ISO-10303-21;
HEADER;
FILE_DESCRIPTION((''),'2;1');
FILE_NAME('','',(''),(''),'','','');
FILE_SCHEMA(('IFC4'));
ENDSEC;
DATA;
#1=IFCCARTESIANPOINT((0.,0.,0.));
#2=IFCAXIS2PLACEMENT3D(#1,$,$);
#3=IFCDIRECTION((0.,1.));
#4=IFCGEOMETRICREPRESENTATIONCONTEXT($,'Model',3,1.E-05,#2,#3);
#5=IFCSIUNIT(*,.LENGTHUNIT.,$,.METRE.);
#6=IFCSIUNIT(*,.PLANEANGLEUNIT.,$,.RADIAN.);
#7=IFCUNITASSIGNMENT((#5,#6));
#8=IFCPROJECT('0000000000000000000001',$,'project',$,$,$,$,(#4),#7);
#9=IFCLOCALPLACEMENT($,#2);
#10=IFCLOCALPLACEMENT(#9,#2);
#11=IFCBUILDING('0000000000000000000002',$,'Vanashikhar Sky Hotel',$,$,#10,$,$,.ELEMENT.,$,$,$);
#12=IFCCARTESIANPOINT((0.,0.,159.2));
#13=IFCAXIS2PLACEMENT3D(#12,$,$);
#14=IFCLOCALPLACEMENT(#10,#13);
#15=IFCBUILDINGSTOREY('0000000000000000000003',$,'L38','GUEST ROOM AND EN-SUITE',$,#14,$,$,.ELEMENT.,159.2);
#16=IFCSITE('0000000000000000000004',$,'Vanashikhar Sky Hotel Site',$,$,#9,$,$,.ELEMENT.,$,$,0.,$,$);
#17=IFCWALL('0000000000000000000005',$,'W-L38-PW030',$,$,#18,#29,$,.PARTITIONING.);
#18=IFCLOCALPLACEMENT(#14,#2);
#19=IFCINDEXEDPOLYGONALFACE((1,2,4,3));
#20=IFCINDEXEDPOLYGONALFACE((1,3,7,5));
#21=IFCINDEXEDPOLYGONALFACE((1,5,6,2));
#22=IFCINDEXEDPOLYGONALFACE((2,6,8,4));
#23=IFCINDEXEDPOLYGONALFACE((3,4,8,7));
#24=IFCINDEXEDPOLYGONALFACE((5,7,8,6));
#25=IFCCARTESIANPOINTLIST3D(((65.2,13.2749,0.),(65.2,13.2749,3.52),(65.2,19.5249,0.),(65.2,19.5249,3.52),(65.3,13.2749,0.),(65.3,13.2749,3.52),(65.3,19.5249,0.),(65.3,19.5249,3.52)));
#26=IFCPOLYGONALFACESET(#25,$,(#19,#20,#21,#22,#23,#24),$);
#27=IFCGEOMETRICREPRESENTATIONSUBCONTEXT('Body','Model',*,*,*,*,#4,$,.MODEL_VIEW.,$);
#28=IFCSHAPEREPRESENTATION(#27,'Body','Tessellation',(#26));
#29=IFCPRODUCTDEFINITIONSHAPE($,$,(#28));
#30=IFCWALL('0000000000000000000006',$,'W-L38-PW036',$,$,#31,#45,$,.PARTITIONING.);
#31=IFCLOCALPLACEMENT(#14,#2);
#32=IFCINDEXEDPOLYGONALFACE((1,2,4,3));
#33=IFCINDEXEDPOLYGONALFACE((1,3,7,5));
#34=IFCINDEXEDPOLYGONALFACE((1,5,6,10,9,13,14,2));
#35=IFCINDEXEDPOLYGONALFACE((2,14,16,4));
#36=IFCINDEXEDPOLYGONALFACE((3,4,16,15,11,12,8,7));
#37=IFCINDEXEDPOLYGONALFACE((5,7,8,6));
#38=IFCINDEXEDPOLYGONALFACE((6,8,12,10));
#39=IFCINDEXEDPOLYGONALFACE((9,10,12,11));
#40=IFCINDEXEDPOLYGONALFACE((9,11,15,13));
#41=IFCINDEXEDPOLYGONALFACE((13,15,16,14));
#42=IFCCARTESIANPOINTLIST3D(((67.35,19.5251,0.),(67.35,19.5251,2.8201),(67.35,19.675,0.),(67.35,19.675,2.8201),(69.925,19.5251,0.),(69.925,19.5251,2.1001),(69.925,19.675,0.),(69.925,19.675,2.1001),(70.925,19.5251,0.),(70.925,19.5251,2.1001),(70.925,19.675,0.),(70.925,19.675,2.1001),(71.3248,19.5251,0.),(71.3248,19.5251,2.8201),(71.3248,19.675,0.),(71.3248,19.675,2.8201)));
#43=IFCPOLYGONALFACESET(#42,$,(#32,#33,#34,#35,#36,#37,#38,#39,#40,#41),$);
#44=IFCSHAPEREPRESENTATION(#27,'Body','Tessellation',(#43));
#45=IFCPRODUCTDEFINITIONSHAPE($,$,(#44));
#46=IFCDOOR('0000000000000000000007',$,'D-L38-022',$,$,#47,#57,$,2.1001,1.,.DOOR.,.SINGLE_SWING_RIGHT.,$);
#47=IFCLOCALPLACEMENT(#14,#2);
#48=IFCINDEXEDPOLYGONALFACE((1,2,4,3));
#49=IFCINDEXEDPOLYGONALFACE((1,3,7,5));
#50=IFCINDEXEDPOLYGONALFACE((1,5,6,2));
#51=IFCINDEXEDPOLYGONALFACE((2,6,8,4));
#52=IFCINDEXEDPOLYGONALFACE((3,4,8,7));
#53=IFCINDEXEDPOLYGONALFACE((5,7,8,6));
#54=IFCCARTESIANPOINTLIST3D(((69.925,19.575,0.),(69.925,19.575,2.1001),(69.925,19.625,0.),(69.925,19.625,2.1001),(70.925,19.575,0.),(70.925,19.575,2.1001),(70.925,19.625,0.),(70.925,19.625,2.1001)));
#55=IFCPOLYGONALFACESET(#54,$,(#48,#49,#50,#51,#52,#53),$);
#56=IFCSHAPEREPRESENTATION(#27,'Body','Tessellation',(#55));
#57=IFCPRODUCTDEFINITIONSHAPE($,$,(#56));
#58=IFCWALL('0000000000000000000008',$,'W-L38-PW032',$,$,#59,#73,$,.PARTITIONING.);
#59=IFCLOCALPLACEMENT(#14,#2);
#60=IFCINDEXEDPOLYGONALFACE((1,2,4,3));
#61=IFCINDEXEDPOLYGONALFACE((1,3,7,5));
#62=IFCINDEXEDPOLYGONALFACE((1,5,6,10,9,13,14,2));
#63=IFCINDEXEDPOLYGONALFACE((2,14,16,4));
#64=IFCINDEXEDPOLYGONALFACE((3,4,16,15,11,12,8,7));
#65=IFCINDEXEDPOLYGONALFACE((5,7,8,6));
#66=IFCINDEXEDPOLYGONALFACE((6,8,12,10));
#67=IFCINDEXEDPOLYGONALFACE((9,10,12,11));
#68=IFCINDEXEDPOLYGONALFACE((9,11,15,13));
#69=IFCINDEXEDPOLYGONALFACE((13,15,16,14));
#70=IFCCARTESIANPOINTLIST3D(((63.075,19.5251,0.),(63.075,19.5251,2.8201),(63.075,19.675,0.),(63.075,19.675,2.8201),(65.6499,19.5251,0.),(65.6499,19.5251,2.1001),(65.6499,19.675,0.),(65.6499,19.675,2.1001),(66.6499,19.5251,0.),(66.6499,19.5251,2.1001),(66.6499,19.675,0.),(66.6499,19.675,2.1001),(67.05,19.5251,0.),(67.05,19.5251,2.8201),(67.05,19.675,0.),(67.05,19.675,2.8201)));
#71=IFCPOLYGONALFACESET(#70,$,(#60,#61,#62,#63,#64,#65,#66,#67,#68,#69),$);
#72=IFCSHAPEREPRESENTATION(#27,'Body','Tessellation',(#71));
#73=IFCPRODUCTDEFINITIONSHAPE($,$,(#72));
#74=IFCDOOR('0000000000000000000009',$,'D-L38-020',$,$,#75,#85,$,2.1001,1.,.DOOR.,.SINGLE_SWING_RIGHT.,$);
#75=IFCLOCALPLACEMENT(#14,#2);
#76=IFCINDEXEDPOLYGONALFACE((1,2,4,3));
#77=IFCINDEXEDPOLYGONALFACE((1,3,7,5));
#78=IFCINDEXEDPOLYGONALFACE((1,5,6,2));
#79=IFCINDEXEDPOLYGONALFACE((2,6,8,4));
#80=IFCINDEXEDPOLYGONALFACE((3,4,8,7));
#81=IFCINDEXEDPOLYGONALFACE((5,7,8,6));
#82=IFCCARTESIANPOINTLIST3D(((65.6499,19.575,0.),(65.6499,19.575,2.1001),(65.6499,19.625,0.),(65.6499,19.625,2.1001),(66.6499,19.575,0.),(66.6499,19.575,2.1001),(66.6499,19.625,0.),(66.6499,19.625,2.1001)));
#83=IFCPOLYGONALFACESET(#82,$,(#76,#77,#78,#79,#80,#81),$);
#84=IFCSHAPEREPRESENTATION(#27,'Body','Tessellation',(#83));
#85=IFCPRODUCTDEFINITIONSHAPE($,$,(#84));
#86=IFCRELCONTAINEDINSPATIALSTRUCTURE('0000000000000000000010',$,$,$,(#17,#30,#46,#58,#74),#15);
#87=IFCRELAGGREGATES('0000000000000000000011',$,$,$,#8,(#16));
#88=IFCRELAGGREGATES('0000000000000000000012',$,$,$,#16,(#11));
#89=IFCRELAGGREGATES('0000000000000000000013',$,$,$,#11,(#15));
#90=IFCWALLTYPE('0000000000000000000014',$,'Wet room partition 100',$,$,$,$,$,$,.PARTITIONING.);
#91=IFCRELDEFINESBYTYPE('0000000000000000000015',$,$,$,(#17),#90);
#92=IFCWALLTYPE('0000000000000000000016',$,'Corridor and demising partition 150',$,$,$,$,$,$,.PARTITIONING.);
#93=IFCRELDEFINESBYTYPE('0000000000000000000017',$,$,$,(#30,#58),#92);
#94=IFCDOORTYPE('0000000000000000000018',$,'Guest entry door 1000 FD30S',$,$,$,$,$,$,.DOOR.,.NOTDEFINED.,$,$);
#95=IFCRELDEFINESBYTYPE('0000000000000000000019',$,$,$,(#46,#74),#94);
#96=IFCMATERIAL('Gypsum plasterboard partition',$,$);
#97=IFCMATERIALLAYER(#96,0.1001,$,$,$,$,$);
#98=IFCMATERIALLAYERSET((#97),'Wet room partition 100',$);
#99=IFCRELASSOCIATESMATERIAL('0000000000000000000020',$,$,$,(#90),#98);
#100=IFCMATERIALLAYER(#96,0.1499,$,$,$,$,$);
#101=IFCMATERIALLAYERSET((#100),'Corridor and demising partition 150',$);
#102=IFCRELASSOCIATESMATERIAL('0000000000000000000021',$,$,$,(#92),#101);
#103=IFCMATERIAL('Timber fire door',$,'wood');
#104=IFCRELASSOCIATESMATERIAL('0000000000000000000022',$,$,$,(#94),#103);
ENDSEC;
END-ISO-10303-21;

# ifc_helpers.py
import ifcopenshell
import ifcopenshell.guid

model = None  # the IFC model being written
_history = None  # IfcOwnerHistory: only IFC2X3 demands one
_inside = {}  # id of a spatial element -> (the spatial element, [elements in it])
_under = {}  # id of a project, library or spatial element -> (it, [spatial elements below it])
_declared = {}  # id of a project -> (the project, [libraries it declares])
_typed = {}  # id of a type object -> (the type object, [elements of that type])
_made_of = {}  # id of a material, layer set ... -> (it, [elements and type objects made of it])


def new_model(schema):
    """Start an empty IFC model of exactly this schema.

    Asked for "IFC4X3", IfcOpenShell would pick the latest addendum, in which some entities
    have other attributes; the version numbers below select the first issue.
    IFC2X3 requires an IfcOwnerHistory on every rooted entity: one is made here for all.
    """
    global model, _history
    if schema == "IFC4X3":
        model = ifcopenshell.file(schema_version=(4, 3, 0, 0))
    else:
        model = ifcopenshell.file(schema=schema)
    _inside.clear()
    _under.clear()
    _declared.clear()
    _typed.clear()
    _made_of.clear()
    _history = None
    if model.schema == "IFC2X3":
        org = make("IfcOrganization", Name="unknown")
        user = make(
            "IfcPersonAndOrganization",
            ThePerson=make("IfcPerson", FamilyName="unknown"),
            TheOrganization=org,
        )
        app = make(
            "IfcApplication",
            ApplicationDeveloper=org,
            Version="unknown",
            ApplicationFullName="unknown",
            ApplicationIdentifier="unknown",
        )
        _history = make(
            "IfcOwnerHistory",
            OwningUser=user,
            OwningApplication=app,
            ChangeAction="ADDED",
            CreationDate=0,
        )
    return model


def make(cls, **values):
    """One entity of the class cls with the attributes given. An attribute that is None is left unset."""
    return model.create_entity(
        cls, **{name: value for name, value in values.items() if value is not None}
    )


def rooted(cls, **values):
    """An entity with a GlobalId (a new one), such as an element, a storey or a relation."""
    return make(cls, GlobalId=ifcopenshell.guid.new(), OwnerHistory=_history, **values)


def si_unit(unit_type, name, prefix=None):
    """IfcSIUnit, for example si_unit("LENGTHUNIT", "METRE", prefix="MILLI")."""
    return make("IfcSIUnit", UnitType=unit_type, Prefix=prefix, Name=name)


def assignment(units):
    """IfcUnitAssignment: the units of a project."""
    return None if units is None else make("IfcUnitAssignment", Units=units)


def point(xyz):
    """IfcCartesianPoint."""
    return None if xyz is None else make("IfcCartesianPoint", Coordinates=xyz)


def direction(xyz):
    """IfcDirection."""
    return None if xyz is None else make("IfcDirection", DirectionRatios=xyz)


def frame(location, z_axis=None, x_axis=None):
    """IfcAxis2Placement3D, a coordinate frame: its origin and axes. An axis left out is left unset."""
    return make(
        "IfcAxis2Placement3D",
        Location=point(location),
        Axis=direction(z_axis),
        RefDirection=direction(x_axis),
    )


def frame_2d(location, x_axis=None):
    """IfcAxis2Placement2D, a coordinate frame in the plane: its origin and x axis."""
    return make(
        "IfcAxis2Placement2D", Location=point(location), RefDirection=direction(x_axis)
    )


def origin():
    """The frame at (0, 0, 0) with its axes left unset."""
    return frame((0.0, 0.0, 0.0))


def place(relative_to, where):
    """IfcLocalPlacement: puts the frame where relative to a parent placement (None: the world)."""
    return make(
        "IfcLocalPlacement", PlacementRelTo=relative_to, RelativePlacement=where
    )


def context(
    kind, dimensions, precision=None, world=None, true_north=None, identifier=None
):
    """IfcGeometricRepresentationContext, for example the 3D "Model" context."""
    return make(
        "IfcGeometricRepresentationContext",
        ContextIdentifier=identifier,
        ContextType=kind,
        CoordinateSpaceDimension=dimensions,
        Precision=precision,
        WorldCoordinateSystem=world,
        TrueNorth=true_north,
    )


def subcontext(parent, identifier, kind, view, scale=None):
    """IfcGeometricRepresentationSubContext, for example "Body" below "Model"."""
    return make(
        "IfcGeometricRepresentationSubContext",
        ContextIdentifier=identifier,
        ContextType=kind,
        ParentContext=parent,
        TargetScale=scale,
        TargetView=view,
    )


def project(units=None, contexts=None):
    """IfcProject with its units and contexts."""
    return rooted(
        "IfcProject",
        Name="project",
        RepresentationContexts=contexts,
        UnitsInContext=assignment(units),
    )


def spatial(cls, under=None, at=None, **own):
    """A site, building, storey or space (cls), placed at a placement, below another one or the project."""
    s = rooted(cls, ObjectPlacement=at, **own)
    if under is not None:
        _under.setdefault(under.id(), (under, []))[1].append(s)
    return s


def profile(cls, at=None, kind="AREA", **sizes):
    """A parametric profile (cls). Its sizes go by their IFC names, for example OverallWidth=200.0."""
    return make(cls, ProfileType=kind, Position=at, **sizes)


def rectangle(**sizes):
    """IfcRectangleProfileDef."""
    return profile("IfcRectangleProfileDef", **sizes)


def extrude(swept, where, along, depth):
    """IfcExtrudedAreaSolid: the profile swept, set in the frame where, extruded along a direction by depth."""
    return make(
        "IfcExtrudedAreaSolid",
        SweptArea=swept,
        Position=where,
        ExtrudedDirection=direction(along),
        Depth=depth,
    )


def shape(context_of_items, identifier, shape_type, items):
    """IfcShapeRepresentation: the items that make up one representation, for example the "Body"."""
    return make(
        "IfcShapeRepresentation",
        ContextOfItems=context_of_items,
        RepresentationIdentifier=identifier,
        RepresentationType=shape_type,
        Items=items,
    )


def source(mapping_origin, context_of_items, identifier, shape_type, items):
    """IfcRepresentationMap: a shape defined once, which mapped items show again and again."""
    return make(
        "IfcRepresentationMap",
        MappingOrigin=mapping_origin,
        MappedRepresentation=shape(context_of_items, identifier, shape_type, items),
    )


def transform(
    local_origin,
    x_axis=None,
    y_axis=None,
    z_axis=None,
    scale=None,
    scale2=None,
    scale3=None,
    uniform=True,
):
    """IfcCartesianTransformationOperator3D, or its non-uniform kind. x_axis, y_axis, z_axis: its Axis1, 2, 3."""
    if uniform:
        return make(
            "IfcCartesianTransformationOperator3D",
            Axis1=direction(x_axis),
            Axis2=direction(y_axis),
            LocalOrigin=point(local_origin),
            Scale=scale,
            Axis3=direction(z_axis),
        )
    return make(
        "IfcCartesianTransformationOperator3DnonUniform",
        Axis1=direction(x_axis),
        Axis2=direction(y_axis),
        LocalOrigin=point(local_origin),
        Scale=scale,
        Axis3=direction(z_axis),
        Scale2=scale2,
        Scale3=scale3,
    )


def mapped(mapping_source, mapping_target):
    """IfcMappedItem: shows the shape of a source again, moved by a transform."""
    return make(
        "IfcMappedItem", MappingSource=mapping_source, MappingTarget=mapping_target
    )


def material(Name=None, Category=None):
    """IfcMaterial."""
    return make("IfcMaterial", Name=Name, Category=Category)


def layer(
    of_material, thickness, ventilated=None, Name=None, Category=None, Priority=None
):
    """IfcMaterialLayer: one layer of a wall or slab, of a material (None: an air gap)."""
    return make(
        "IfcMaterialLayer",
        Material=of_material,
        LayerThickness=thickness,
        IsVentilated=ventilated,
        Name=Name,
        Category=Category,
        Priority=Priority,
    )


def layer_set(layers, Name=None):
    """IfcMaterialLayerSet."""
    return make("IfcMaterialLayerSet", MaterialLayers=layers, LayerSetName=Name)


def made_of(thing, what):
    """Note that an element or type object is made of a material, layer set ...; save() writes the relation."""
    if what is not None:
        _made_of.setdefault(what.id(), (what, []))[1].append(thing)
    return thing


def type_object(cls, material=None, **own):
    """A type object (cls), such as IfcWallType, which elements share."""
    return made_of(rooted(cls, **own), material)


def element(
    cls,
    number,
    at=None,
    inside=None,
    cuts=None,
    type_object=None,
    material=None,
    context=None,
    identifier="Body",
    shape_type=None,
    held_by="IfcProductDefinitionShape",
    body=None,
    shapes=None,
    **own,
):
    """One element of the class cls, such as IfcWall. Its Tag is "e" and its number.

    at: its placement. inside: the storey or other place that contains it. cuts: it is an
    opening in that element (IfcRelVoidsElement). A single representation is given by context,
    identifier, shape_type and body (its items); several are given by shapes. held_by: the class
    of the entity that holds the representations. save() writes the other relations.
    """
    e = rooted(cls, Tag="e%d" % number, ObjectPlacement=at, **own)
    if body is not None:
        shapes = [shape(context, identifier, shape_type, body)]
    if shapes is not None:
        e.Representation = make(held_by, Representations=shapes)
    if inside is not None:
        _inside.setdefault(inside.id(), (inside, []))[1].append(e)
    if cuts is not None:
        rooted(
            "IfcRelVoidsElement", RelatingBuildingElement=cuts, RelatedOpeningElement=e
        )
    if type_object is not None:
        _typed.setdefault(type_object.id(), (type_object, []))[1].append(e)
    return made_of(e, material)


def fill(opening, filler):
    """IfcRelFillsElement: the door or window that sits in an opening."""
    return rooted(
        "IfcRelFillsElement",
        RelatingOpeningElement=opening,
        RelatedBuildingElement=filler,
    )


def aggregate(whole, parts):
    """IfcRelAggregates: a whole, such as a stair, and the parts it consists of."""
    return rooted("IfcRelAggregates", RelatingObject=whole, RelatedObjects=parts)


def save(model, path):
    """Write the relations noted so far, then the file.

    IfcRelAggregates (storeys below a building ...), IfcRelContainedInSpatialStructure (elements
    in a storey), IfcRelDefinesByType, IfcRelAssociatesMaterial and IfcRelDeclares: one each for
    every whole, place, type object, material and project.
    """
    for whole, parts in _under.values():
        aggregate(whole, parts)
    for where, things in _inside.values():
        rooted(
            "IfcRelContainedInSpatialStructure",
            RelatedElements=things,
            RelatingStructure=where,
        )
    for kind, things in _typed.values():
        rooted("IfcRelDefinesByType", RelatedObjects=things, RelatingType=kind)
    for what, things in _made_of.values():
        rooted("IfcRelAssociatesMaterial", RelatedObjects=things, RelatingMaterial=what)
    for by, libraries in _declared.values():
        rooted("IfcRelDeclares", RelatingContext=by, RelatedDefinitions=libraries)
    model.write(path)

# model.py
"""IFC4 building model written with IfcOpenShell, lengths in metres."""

from ifc_helpers import new_model, si_unit, direction, frame, frame_2d, origin, place, context, subcontext, project, spatial, rectangle, extrude, source, transform, mapped, material, layer, layer_set, type_object, element, fill, save


model = new_model("IFC4")

# Units and contexts
model_context = context("Model", 3, precision=1e-05, world=origin(), true_north=direction((0.0, 1.0)))
body_context = subcontext(model_context, "Body", "Model", "MODEL_VIEW")
ifc_project = project(units=[si_unit("LENGTHUNIT", "METRE"), si_unit("PLANEANGLEUNIT", "RADIAN")], contexts=[model_context])

# Site, building, storey
site_placement = place(None, origin())
site = spatial("IfcSite", under=ifc_project, at=site_placement, Name="Vanashikhar Sky Hotel Site", CompositionType="ELEMENT", RefElevation=0.0)
building_placement = place(site_placement, origin())
building = spatial("IfcBuilding", under=site, at=building_placement, Name="Vanashikhar Sky Hotel", CompositionType="ELEMENT")
storey_placement = place(building_placement, frame((0.0, 0.0, 159.2)))
storey = spatial("IfcBuildingStorey", under=building, at=storey_placement, Name="L38", Description="GUEST ROOM AND EN-SUITE", CompositionType="ELEMENT", Elevation=159.2)

# Wall
ifc_material_1 = material(Name="Gypsum plasterboard partition")
ifc_layer_1 = layer(ifc_material_1, 0.1001)
ifc_layer_set_1 = layer_set([ifc_layer_1], Name="Wet room partition 100")
wall_type_1 = type_object("IfcWallType", Name="Wet room partition 100", PredefinedType="PARTITIONING", material=ifc_layer_set_1)
shared_shape_1 = source(origin(), body_context, "Body", "SweptSolid", [
    extrude(rectangle(XDim=6.25, YDim=0.1001, at=frame_2d((3.125, 0.0))), origin(), (0.0, 0.0, 1.0), 3.52),
])
wall_1_placement = place(storey_placement, frame((65.25, 13.2749, 0.0), z_axis=(0.0, 0.0, 1.0), x_axis=(0.0, 1.0, 0.0)))
element("IfcWall", 1, at=wall_1_placement, inside=storey, type_object=wall_type_1, Name="W-L38-PW030", PredefinedType="PARTITIONING", context=body_context, shape_type="MappedRepresentation", body=[
    mapped(shared_shape_1, transform((0.0, 0.0, 0.0), scale=1.0)),
])

# Walls, openings, doors
ifc_layer_2 = layer(ifc_material_1, 0.1499)
ifc_layer_set_2 = layer_set([ifc_layer_2], Name="Corridor and demising partition 150")
wall_type_2 = type_object("IfcWallType", Name="Corridor and demising partition 150", PredefinedType="PARTITIONING", material=ifc_layer_set_2)
shared_shape_2 = source(origin(), body_context, "Body", "SweptSolid", [
    extrude(rectangle(XDim=3.9749, YDim=0.1499, at=frame_2d((1.9873, 0.0))), origin(), (0.0, 0.0, 1.0), 2.8201),
])
wall_2_placement = place(storey_placement, frame((67.3501, 19.6001, 0.0), z_axis=(0.0, 0.0, 1.0), x_axis=(1.0, 0.0, 0.0)))
wall_2 = element("IfcWall", 2, at=wall_2_placement, inside=storey, type_object=wall_type_2, Name="W-L38-PW036", PredefinedType="PARTITIONING", context=body_context, shape_type="MappedRepresentation", body=[
    mapped(shared_shape_2, transform((0.0, 0.0, 0.0), scale=1.0)),
])
shared_shape_3 = source(origin(), body_context, "Body", "SweptSolid", [
    extrude(rectangle(XDim=1.0, YDim=2.1001, at=frame_2d((0.5, 1.05))), frame((0.0, 0.085, 0.0), z_axis=(0.0, -1.0, 0.0), x_axis=(1.0, 0.0, 0.0)), (0.0, 0.0, 1.0), 0.1699),
])
opening_1_placement = place(wall_2_placement, frame((2.575, 0.0, 0.0)))
opening_1 = element("IfcOpeningElement", 3, at=opening_1_placement, cuts=wall_2, PredefinedType="OPENING", context=body_context, shape_type="MappedRepresentation", body=[
    mapped(shared_shape_3, transform((0.0, 0.0, 0.0), scale=1.0)),
])
ifc_material_2 = material(Name="Timber fire door", Category="wood")
door_type_1 = type_object("IfcDoorType", Name="Guest entry door 1000 FD30S", OperationType="NOTDEFINED", PredefinedType="DOOR", material=ifc_material_2)
shared_shape_4 = source(origin(), body_context, "Body", "SweptSolid", [
    extrude(rectangle(XDim=1.0, YDim=2.1001, at=frame_2d((0.5, 1.05))), frame((0.0, 0.0249, 0.0), z_axis=(0.0, -1.0, 0.0), x_axis=(1.0, 0.0, 0.0)), (0.0, 0.0, 1.0), 0.05),
])
door_1_placement = place(opening_1_placement, origin())
door_1 = element("IfcDoor", 4, at=door_1_placement, inside=storey, type_object=door_type_1, Name="D-L38-022", OperationType="SINGLE_SWING_RIGHT", OverallHeight=2.1001, OverallWidth=1.0, PredefinedType="DOOR", context=body_context, shape_type="MappedRepresentation", body=[
    mapped(shared_shape_4, transform((0.0, 0.0, 0.0), scale=1.0)),
])
fill(opening_1, door_1)
shared_shape_5 = source(origin(), body_context, "Body", "SweptSolid", [
    extrude(rectangle(XDim=3.9751, YDim=0.1499, at=frame_2d((1.9875, 0.0))), origin(), (0.0, 0.0, 1.0), 2.8201),
])
wall_3_placement = place(storey_placement, frame((63.075, 19.6001, 0.0), z_axis=(0.0, 0.0, 1.0), x_axis=(1.0, 0.0, 0.0)))
wall_3 = element("IfcWall", 5, at=wall_3_placement, inside=storey, type_object=wall_type_2, Name="W-L38-PW032", PredefinedType="PARTITIONING", context=body_context, shape_type="MappedRepresentation", body=[
    mapped(shared_shape_5, transform((0.0, 0.0, 0.0), scale=1.0)),
])
opening_2_placement = place(wall_3_placement, frame((2.575, 0.0, 0.0)))
opening_2 = element("IfcOpeningElement", 6, at=opening_2_placement, cuts=wall_3, PredefinedType="OPENING", context=body_context, shape_type="MappedRepresentation", body=[
    mapped(shared_shape_3, transform((0.0, 0.0, 0.0), scale=1.0)),
])
door_2_placement = place(opening_2_placement, origin())
door_2 = element("IfcDoor", 7, at=door_2_placement, inside=storey, type_object=door_type_1, Name="D-L38-020", OperationType="SINGLE_SWING_RIGHT", OverallHeight=2.1001, OverallWidth=1.0, PredefinedType="DOOR", context=body_context, shape_type="MappedRepresentation", body=[
    mapped(shared_shape_4, transform((0.0, 0.0, 0.0), scale=1.0)),
])
fill(opening_2, door_2)

save(model, "model.ifc")
